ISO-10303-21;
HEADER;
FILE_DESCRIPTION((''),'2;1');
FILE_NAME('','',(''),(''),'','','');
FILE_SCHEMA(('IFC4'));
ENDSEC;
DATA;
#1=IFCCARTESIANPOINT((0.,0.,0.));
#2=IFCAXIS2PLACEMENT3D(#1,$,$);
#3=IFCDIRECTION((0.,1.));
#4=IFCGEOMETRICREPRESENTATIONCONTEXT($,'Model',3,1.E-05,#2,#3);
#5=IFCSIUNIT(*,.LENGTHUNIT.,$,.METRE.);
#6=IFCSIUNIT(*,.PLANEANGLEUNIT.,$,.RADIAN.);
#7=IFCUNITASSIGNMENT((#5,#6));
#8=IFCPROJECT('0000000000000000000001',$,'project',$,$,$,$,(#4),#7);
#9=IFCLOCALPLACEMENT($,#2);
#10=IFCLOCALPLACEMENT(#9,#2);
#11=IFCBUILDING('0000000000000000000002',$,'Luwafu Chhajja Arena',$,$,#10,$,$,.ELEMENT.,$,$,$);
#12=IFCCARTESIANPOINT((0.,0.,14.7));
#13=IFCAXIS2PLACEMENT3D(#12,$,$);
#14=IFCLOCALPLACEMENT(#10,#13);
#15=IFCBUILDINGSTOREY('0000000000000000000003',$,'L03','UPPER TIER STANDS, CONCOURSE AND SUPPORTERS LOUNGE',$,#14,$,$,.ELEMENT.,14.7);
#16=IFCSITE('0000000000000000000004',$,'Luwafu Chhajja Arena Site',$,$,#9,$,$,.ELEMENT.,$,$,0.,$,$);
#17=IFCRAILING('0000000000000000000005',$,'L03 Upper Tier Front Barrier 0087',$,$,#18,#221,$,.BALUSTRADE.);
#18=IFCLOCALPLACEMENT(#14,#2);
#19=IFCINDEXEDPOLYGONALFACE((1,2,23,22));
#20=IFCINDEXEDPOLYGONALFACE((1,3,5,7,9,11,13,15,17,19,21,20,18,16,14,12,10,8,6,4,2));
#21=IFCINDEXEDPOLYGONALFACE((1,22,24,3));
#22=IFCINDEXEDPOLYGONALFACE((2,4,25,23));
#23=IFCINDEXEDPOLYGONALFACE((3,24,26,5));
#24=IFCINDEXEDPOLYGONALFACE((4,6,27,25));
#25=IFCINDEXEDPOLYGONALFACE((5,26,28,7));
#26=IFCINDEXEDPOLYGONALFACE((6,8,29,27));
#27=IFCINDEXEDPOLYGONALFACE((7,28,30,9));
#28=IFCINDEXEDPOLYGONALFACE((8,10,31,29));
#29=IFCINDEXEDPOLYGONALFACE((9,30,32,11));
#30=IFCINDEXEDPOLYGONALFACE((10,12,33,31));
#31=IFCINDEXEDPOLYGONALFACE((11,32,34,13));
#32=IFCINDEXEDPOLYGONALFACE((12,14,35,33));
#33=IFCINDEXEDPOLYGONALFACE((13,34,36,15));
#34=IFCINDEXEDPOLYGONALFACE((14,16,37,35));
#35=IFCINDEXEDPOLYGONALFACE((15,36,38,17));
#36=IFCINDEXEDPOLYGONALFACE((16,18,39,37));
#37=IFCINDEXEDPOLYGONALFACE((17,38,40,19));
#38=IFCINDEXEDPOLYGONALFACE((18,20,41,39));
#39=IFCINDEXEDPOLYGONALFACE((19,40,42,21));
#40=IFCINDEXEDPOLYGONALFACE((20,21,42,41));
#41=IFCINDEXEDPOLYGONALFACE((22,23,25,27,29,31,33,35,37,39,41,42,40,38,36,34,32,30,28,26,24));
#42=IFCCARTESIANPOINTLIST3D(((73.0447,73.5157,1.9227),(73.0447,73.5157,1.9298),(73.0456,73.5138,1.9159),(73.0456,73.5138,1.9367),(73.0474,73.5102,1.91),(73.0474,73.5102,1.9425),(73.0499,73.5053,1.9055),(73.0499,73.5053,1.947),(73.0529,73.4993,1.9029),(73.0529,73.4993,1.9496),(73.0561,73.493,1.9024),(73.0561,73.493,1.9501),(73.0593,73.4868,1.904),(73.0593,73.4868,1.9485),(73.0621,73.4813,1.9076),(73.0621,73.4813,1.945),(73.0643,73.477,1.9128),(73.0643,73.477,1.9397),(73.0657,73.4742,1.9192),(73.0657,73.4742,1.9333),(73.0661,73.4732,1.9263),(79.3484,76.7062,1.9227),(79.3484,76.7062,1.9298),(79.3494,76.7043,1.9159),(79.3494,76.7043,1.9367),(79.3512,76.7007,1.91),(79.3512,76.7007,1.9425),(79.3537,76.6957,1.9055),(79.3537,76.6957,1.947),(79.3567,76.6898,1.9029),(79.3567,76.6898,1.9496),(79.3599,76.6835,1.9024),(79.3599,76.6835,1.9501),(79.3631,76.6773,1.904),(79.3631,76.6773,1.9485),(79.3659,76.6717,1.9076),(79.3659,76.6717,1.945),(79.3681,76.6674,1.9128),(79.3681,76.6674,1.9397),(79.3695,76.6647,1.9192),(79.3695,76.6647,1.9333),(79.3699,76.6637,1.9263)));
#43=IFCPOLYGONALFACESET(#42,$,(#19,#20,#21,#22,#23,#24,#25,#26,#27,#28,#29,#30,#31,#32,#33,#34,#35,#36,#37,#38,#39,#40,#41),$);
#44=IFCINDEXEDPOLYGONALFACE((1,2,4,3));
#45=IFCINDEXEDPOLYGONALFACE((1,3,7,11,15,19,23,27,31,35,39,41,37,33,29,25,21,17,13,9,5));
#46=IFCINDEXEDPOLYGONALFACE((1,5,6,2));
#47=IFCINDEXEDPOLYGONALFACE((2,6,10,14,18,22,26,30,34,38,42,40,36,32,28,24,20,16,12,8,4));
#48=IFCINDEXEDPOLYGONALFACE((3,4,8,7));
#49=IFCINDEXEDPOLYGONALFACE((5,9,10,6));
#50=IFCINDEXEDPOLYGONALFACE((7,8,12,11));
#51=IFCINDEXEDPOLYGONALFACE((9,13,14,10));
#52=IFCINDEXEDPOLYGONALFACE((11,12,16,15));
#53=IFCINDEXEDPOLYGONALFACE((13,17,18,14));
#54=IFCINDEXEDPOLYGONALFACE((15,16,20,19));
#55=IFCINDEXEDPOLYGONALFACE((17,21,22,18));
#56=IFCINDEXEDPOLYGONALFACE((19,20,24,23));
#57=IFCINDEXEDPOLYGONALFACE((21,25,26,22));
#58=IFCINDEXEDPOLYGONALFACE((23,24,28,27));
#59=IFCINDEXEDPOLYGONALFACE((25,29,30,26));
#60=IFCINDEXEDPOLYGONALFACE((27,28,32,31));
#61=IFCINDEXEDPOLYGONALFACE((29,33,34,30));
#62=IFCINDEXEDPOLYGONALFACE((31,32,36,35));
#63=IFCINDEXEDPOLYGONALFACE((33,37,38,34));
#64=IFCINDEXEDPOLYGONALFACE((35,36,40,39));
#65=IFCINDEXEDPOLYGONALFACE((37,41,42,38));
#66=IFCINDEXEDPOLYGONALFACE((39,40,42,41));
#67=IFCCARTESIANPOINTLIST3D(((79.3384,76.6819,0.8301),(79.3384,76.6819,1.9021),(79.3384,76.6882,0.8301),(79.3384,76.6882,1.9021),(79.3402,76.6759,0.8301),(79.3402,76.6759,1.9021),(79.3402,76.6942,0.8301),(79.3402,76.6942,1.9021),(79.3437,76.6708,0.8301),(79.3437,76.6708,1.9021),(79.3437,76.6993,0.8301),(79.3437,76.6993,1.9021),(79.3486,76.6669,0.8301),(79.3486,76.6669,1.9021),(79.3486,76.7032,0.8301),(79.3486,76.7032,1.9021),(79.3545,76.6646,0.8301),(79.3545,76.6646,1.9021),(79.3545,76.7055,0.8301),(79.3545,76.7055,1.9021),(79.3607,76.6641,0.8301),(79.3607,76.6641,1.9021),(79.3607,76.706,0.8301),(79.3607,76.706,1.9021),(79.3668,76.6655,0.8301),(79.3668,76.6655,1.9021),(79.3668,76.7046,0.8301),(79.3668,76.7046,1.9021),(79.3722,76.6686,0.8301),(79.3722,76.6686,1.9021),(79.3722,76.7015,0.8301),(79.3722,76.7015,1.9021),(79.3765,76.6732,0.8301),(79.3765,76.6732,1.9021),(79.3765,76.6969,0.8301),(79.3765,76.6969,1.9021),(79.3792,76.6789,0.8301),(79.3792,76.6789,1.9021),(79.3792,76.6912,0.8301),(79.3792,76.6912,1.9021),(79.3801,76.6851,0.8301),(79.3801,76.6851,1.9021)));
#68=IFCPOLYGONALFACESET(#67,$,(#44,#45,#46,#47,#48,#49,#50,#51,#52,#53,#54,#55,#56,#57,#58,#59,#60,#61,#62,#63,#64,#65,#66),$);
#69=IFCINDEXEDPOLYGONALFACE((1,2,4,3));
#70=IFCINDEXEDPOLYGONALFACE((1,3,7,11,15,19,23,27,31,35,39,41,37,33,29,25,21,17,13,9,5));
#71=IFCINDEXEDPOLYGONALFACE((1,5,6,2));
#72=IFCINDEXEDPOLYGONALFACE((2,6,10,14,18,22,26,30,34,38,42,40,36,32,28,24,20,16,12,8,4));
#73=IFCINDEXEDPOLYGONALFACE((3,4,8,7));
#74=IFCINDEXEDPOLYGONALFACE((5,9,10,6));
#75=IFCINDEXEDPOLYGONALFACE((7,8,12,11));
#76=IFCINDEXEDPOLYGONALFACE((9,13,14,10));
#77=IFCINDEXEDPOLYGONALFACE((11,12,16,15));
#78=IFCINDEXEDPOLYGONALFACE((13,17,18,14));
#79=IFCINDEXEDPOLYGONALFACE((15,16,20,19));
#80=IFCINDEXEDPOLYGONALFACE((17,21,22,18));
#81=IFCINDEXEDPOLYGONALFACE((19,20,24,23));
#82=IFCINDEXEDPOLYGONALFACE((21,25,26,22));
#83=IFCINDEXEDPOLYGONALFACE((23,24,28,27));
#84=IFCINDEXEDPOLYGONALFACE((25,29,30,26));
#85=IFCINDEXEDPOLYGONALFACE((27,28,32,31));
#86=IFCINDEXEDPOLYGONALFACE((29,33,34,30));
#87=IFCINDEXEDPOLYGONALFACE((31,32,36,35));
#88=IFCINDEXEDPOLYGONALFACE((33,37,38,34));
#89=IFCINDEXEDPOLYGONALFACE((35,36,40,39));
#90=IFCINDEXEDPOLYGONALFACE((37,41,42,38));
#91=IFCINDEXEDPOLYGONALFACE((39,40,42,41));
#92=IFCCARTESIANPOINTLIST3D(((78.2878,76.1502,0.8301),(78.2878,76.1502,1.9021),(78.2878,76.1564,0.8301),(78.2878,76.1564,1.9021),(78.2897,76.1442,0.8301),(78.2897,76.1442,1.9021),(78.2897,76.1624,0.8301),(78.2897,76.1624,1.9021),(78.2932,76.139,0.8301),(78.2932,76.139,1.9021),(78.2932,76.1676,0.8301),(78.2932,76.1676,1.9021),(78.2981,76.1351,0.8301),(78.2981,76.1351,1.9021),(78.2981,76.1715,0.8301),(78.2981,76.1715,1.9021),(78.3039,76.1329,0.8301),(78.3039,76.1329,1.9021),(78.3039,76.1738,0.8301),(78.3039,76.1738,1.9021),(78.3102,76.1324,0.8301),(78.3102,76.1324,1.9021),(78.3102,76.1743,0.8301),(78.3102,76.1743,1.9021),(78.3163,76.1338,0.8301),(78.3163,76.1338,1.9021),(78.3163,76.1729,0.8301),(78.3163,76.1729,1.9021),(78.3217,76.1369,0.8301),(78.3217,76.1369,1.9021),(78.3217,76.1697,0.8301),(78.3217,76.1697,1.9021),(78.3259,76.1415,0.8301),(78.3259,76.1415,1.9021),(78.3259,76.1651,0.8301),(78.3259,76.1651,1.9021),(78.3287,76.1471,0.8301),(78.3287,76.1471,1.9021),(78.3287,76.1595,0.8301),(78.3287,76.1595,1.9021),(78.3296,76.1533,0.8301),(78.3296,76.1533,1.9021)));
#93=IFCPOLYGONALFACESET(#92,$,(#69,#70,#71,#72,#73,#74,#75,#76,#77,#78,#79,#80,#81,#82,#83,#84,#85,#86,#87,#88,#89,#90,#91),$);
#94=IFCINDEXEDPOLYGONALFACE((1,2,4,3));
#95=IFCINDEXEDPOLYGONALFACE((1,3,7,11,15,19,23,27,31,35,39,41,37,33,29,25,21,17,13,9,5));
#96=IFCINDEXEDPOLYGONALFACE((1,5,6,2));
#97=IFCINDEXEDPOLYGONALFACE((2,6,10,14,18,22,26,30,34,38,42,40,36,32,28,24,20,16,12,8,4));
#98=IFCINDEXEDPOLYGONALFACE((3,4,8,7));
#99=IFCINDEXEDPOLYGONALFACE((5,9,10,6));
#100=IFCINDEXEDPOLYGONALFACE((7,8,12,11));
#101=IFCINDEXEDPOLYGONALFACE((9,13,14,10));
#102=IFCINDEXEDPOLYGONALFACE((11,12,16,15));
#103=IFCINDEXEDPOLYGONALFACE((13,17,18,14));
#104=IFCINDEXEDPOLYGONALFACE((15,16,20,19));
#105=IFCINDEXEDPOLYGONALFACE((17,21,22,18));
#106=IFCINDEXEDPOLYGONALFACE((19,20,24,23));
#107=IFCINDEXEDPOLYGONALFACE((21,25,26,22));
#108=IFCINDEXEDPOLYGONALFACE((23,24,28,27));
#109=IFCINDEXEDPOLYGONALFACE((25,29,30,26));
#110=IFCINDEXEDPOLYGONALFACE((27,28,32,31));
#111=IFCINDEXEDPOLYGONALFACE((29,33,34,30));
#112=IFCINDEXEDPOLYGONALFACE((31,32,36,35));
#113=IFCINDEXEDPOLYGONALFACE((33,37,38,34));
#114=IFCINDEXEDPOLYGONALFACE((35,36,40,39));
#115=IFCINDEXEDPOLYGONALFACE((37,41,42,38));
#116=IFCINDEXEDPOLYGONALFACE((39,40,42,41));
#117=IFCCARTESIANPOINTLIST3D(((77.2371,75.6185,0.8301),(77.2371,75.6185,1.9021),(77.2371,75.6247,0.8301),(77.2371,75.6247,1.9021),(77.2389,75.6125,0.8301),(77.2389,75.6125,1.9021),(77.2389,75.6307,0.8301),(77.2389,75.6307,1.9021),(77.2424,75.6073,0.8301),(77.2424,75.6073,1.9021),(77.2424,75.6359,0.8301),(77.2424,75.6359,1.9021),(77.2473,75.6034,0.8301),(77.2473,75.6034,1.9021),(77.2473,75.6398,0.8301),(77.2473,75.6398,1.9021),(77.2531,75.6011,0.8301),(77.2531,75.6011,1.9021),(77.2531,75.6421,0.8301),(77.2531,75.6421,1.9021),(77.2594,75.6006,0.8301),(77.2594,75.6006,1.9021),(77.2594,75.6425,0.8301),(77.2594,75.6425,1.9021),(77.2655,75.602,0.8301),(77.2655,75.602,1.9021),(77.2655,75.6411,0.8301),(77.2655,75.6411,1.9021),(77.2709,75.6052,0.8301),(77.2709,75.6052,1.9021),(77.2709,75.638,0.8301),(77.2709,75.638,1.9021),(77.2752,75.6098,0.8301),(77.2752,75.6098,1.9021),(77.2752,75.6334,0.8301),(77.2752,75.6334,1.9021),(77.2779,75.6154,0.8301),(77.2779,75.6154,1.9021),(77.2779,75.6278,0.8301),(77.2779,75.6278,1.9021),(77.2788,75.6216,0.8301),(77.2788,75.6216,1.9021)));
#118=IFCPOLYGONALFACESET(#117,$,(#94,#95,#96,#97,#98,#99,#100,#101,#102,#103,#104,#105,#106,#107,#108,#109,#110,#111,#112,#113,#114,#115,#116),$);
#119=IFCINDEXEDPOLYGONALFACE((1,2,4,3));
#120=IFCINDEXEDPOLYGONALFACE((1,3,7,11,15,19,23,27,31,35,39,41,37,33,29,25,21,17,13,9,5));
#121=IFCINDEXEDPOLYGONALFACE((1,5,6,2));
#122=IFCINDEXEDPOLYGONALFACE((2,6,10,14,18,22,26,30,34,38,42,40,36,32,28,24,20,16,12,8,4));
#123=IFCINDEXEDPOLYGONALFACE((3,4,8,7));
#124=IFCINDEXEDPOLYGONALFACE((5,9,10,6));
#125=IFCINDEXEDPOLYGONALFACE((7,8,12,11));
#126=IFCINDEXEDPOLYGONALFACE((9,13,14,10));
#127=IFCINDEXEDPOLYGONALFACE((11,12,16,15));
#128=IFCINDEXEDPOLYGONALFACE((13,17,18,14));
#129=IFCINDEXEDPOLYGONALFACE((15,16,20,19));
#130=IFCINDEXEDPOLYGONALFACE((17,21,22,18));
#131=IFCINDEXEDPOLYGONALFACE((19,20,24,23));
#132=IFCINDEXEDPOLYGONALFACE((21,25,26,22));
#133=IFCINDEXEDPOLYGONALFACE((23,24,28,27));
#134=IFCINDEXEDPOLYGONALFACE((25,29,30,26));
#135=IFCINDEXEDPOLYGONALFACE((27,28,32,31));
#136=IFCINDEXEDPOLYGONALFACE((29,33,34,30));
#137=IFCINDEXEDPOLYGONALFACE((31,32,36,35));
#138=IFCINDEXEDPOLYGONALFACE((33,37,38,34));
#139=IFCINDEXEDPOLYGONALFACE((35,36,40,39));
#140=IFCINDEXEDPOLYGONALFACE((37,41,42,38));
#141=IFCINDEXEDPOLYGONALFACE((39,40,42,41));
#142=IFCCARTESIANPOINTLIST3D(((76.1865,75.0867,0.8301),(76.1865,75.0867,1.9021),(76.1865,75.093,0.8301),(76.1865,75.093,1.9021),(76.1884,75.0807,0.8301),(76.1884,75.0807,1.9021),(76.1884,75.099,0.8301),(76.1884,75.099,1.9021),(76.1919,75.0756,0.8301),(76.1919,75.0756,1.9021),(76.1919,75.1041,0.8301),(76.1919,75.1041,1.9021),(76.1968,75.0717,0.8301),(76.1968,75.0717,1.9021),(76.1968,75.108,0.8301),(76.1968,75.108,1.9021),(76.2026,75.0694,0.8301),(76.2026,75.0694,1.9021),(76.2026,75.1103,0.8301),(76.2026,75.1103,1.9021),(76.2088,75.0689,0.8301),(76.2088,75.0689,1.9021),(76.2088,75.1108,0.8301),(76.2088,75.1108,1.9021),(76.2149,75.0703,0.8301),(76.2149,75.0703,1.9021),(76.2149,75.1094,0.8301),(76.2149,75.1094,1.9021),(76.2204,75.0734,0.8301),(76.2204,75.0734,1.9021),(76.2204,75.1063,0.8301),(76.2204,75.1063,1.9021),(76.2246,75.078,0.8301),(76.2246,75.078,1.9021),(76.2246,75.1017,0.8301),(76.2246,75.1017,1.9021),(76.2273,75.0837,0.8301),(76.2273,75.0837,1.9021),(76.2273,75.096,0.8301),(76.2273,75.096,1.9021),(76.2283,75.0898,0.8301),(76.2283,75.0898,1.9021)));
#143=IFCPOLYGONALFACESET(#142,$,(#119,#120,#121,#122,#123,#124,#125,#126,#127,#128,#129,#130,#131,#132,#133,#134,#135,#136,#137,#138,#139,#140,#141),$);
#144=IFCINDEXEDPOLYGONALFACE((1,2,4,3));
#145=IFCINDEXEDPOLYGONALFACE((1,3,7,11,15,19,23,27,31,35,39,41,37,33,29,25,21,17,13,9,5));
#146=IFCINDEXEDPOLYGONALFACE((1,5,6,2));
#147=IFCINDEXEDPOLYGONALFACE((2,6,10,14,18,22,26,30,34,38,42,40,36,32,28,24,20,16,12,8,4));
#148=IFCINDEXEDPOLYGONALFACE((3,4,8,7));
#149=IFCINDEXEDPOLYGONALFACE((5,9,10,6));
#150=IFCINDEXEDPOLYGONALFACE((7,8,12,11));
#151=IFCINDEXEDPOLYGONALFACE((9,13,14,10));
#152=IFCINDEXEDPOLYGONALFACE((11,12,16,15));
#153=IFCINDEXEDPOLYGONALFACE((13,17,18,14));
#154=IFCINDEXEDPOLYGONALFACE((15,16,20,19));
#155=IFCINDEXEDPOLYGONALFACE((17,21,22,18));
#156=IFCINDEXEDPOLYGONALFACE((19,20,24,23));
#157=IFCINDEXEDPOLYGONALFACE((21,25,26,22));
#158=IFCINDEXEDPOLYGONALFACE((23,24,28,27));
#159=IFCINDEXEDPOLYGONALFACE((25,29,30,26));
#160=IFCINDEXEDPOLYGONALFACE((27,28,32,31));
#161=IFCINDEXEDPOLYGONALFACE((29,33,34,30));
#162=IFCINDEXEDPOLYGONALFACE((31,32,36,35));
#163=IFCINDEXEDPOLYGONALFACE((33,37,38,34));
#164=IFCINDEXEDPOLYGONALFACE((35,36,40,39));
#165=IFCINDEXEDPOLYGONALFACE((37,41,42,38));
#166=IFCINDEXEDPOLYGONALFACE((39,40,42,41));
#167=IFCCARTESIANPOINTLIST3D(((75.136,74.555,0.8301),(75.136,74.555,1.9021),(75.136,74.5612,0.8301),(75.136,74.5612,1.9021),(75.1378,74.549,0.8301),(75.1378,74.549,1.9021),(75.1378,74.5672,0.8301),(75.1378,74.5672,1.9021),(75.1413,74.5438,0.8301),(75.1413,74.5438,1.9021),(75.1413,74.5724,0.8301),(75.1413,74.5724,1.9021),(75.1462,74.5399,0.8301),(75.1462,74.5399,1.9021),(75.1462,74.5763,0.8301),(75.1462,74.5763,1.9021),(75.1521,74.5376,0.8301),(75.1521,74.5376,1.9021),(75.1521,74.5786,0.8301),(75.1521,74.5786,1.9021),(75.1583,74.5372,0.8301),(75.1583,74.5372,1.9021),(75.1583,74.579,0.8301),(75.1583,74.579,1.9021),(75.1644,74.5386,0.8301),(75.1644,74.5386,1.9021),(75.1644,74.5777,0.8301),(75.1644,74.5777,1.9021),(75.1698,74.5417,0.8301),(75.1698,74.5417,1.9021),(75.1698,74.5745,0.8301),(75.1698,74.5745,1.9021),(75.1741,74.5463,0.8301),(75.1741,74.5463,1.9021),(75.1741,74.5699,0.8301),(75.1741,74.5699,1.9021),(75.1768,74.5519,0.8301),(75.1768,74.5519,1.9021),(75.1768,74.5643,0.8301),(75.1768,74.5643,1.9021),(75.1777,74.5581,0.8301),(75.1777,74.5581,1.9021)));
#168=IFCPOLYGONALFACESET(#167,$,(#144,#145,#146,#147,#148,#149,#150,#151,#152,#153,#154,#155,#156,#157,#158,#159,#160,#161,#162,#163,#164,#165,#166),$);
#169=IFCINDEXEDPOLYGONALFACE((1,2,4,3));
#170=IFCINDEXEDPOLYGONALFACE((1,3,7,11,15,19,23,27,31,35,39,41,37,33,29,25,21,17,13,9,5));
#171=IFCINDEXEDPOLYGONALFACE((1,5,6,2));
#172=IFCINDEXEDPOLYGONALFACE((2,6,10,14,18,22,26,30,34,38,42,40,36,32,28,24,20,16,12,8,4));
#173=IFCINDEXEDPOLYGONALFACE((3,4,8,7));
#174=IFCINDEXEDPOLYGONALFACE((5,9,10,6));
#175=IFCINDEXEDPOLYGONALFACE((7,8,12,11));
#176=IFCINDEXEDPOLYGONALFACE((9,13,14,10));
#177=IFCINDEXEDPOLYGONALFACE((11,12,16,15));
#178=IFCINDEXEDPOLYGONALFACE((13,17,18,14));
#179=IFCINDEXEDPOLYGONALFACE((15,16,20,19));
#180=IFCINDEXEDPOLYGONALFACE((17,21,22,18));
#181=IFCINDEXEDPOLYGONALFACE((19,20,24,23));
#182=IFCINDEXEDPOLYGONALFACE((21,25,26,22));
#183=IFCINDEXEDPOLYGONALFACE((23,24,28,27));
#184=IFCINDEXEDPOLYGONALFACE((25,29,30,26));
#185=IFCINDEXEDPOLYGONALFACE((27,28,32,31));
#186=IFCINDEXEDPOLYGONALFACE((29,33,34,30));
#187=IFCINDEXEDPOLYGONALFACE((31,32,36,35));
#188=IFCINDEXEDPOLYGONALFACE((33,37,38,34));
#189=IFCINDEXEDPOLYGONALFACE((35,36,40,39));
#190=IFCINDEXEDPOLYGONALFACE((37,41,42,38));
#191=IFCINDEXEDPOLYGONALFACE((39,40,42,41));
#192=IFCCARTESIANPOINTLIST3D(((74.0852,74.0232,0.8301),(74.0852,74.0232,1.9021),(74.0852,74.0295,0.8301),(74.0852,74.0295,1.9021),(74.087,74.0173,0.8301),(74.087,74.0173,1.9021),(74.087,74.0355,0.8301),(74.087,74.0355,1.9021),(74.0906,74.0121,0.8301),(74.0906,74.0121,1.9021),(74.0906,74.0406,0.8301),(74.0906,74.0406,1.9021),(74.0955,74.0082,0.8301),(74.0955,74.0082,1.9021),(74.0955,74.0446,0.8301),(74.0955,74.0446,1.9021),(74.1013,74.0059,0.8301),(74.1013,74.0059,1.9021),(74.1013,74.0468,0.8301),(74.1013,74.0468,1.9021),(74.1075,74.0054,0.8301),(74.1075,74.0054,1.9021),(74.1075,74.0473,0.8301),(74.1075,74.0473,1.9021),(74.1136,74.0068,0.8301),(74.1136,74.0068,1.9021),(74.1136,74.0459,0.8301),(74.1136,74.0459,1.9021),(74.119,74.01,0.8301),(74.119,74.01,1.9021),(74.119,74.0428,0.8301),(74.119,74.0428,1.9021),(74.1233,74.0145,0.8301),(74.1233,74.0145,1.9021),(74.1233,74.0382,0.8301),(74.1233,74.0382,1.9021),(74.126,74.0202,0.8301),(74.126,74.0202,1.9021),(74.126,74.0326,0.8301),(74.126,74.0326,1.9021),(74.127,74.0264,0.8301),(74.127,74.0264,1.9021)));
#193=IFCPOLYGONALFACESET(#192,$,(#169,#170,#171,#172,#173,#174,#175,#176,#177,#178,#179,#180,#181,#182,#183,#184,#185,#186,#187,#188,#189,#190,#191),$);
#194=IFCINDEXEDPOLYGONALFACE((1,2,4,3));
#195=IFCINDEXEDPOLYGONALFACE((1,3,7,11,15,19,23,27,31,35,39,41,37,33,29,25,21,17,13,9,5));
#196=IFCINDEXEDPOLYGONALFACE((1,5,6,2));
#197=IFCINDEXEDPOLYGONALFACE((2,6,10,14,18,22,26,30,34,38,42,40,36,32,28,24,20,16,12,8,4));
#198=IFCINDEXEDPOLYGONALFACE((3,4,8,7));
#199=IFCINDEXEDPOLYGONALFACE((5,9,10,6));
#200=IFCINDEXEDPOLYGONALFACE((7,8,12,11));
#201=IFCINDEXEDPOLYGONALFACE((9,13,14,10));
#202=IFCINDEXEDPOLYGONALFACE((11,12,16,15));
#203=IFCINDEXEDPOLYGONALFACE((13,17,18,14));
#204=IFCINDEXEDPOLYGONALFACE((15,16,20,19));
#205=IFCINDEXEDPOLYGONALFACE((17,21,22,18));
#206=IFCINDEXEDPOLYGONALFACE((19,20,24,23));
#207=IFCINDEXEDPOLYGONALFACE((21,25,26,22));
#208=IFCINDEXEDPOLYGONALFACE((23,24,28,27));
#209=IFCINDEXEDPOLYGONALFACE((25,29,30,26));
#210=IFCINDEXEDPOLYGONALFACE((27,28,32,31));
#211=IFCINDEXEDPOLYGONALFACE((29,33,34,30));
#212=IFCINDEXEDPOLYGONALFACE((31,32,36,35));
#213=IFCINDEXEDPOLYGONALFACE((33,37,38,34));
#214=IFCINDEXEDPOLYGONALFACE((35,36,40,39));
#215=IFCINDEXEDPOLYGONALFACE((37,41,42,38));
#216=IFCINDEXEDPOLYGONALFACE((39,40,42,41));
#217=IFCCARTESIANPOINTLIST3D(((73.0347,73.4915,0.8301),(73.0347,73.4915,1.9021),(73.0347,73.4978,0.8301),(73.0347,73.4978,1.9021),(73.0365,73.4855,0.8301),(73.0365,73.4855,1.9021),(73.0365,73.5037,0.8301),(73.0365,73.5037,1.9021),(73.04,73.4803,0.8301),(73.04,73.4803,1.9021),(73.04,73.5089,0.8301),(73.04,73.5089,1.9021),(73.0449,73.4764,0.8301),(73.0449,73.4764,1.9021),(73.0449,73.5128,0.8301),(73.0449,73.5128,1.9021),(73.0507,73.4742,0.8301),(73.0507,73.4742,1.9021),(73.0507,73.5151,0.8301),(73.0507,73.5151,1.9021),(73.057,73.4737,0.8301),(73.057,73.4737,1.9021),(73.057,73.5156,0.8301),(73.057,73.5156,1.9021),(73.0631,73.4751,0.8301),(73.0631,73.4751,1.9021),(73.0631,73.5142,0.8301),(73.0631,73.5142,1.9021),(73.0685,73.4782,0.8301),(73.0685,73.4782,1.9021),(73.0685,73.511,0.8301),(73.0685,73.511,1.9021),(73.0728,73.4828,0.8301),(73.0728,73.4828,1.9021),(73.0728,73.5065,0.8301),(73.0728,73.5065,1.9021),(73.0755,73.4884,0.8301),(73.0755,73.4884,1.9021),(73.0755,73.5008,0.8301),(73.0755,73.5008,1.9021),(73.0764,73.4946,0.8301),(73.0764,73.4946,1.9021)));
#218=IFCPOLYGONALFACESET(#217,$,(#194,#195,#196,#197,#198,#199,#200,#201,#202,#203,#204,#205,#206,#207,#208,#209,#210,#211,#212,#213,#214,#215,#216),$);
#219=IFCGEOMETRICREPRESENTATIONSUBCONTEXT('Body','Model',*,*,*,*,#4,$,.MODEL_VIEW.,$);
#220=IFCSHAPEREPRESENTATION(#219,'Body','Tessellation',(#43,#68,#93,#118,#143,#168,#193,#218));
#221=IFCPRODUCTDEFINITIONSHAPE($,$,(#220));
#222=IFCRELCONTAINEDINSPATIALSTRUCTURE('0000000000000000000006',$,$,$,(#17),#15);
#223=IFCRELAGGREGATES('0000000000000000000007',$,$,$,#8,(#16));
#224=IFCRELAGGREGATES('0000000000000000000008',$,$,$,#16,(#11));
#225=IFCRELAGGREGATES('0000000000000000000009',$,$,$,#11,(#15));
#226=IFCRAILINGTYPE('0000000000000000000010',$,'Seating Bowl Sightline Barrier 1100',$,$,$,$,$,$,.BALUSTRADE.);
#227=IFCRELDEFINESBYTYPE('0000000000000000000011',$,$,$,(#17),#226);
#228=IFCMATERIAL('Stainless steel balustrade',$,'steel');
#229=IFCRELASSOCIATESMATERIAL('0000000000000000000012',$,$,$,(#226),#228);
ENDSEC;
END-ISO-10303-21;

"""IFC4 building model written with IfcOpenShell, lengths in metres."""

from ifc_helpers import new_model, si_unit, direction, frame, origin, origin_2d, place, context, subcontext, project, spatial, circle, extrude, material, type_object, element, save


model = new_model("IFC4")

# Units and contexts
model_context = context("Model", 3, precision=1e-05, world=origin(), true_north=direction((0.0, 1.0)))
body_context = subcontext(model_context, "Body", "Model", "MODEL_VIEW")
ifc_project = project(units=[si_unit("LENGTHUNIT", "METRE"), si_unit("PLANEANGLEUNIT", "RADIAN")], contexts=[model_context])

# Site, building, storey
site_placement = place(None, origin())
site = spatial("IfcSite", under=ifc_project, at=site_placement, Name="Luwafu Chhajja Arena Site", CompositionType="ELEMENT", RefElevation=0.0)
building_placement = place(site_placement, origin())
building = spatial("IfcBuilding", under=site, at=building_placement, Name="Luwafu Chhajja Arena", CompositionType="ELEMENT")
storey_placement = place(building_placement, frame((0.0, 0.0, 14.7)))
storey = spatial("IfcBuildingStorey", under=building, at=storey_placement, Name="L03", Description="UPPER TIER STANDS, CONCOURSE AND SUPPORTERS LOUNGE", CompositionType="ELEMENT", Elevation=14.7)

# Railing
ifc_material_1 = material(Name="Stainless steel balustrade", Category="steel")
railing_type = type_object("IfcRailingType", Name="Seating Bowl Sightline Barrier 1100", PredefinedType="BALUSTRADE", material=ifc_material_1)
railing_1_placement = place(storey_placement, frame((79.3591, 76.6851, 0.8301)))
element("IfcRailing", 1, at=railing_1_placement, inside=storey, type_object=railing_type, Name="L03 Upper Tier Front Barrier 0087", PredefinedType="BALUSTRADE", context=body_context, shape_type="SweptSolid", body=[
    extrude(circle(Radius=0.0239, at=origin_2d()), frame((0.0, 0.0, 1.0962), z_axis=(-0.892233, -0.451576, 0.0), x_axis=(0.451576, -0.892233, 0.0)), (0.0, 0.0, 1.0), 7.0652),
    extrude(circle(Radius=0.021, at=origin_2d()), origin(), (0.0, 0.0, 1.0), 1.072),
    extrude(circle(Radius=0.021, at=origin_2d()), frame((-1.0505, -0.5317, 0.0)), (0.0, 0.0, 1.0), 1.072),
    extrude(circle(Radius=0.021, at=origin_2d()), frame((-2.1013, -1.0635, 0.0)), (0.0, 0.0, 1.0), 1.072),
    extrude(circle(Radius=0.021, at=origin_2d()), frame((-3.1519, -1.5952, 0.0)), (0.0, 0.0, 1.0), 1.072),
    extrude(circle(Radius=0.021, at=origin_2d()), frame((-4.2024, -2.127, 0.0)), (0.0, 0.0, 1.0), 1.072),
    extrude(circle(Radius=0.021, at=origin_2d()), frame((-5.2532, -2.6587, 0.0)), (0.0, 0.0, 1.0), 1.072),
    extrude(circle(Radius=0.021, at=origin_2d()), frame((-6.3037, -3.1904, 0.0)), (0.0, 0.0, 1.0), 1.072),
])

save(model, "model.ifc")
